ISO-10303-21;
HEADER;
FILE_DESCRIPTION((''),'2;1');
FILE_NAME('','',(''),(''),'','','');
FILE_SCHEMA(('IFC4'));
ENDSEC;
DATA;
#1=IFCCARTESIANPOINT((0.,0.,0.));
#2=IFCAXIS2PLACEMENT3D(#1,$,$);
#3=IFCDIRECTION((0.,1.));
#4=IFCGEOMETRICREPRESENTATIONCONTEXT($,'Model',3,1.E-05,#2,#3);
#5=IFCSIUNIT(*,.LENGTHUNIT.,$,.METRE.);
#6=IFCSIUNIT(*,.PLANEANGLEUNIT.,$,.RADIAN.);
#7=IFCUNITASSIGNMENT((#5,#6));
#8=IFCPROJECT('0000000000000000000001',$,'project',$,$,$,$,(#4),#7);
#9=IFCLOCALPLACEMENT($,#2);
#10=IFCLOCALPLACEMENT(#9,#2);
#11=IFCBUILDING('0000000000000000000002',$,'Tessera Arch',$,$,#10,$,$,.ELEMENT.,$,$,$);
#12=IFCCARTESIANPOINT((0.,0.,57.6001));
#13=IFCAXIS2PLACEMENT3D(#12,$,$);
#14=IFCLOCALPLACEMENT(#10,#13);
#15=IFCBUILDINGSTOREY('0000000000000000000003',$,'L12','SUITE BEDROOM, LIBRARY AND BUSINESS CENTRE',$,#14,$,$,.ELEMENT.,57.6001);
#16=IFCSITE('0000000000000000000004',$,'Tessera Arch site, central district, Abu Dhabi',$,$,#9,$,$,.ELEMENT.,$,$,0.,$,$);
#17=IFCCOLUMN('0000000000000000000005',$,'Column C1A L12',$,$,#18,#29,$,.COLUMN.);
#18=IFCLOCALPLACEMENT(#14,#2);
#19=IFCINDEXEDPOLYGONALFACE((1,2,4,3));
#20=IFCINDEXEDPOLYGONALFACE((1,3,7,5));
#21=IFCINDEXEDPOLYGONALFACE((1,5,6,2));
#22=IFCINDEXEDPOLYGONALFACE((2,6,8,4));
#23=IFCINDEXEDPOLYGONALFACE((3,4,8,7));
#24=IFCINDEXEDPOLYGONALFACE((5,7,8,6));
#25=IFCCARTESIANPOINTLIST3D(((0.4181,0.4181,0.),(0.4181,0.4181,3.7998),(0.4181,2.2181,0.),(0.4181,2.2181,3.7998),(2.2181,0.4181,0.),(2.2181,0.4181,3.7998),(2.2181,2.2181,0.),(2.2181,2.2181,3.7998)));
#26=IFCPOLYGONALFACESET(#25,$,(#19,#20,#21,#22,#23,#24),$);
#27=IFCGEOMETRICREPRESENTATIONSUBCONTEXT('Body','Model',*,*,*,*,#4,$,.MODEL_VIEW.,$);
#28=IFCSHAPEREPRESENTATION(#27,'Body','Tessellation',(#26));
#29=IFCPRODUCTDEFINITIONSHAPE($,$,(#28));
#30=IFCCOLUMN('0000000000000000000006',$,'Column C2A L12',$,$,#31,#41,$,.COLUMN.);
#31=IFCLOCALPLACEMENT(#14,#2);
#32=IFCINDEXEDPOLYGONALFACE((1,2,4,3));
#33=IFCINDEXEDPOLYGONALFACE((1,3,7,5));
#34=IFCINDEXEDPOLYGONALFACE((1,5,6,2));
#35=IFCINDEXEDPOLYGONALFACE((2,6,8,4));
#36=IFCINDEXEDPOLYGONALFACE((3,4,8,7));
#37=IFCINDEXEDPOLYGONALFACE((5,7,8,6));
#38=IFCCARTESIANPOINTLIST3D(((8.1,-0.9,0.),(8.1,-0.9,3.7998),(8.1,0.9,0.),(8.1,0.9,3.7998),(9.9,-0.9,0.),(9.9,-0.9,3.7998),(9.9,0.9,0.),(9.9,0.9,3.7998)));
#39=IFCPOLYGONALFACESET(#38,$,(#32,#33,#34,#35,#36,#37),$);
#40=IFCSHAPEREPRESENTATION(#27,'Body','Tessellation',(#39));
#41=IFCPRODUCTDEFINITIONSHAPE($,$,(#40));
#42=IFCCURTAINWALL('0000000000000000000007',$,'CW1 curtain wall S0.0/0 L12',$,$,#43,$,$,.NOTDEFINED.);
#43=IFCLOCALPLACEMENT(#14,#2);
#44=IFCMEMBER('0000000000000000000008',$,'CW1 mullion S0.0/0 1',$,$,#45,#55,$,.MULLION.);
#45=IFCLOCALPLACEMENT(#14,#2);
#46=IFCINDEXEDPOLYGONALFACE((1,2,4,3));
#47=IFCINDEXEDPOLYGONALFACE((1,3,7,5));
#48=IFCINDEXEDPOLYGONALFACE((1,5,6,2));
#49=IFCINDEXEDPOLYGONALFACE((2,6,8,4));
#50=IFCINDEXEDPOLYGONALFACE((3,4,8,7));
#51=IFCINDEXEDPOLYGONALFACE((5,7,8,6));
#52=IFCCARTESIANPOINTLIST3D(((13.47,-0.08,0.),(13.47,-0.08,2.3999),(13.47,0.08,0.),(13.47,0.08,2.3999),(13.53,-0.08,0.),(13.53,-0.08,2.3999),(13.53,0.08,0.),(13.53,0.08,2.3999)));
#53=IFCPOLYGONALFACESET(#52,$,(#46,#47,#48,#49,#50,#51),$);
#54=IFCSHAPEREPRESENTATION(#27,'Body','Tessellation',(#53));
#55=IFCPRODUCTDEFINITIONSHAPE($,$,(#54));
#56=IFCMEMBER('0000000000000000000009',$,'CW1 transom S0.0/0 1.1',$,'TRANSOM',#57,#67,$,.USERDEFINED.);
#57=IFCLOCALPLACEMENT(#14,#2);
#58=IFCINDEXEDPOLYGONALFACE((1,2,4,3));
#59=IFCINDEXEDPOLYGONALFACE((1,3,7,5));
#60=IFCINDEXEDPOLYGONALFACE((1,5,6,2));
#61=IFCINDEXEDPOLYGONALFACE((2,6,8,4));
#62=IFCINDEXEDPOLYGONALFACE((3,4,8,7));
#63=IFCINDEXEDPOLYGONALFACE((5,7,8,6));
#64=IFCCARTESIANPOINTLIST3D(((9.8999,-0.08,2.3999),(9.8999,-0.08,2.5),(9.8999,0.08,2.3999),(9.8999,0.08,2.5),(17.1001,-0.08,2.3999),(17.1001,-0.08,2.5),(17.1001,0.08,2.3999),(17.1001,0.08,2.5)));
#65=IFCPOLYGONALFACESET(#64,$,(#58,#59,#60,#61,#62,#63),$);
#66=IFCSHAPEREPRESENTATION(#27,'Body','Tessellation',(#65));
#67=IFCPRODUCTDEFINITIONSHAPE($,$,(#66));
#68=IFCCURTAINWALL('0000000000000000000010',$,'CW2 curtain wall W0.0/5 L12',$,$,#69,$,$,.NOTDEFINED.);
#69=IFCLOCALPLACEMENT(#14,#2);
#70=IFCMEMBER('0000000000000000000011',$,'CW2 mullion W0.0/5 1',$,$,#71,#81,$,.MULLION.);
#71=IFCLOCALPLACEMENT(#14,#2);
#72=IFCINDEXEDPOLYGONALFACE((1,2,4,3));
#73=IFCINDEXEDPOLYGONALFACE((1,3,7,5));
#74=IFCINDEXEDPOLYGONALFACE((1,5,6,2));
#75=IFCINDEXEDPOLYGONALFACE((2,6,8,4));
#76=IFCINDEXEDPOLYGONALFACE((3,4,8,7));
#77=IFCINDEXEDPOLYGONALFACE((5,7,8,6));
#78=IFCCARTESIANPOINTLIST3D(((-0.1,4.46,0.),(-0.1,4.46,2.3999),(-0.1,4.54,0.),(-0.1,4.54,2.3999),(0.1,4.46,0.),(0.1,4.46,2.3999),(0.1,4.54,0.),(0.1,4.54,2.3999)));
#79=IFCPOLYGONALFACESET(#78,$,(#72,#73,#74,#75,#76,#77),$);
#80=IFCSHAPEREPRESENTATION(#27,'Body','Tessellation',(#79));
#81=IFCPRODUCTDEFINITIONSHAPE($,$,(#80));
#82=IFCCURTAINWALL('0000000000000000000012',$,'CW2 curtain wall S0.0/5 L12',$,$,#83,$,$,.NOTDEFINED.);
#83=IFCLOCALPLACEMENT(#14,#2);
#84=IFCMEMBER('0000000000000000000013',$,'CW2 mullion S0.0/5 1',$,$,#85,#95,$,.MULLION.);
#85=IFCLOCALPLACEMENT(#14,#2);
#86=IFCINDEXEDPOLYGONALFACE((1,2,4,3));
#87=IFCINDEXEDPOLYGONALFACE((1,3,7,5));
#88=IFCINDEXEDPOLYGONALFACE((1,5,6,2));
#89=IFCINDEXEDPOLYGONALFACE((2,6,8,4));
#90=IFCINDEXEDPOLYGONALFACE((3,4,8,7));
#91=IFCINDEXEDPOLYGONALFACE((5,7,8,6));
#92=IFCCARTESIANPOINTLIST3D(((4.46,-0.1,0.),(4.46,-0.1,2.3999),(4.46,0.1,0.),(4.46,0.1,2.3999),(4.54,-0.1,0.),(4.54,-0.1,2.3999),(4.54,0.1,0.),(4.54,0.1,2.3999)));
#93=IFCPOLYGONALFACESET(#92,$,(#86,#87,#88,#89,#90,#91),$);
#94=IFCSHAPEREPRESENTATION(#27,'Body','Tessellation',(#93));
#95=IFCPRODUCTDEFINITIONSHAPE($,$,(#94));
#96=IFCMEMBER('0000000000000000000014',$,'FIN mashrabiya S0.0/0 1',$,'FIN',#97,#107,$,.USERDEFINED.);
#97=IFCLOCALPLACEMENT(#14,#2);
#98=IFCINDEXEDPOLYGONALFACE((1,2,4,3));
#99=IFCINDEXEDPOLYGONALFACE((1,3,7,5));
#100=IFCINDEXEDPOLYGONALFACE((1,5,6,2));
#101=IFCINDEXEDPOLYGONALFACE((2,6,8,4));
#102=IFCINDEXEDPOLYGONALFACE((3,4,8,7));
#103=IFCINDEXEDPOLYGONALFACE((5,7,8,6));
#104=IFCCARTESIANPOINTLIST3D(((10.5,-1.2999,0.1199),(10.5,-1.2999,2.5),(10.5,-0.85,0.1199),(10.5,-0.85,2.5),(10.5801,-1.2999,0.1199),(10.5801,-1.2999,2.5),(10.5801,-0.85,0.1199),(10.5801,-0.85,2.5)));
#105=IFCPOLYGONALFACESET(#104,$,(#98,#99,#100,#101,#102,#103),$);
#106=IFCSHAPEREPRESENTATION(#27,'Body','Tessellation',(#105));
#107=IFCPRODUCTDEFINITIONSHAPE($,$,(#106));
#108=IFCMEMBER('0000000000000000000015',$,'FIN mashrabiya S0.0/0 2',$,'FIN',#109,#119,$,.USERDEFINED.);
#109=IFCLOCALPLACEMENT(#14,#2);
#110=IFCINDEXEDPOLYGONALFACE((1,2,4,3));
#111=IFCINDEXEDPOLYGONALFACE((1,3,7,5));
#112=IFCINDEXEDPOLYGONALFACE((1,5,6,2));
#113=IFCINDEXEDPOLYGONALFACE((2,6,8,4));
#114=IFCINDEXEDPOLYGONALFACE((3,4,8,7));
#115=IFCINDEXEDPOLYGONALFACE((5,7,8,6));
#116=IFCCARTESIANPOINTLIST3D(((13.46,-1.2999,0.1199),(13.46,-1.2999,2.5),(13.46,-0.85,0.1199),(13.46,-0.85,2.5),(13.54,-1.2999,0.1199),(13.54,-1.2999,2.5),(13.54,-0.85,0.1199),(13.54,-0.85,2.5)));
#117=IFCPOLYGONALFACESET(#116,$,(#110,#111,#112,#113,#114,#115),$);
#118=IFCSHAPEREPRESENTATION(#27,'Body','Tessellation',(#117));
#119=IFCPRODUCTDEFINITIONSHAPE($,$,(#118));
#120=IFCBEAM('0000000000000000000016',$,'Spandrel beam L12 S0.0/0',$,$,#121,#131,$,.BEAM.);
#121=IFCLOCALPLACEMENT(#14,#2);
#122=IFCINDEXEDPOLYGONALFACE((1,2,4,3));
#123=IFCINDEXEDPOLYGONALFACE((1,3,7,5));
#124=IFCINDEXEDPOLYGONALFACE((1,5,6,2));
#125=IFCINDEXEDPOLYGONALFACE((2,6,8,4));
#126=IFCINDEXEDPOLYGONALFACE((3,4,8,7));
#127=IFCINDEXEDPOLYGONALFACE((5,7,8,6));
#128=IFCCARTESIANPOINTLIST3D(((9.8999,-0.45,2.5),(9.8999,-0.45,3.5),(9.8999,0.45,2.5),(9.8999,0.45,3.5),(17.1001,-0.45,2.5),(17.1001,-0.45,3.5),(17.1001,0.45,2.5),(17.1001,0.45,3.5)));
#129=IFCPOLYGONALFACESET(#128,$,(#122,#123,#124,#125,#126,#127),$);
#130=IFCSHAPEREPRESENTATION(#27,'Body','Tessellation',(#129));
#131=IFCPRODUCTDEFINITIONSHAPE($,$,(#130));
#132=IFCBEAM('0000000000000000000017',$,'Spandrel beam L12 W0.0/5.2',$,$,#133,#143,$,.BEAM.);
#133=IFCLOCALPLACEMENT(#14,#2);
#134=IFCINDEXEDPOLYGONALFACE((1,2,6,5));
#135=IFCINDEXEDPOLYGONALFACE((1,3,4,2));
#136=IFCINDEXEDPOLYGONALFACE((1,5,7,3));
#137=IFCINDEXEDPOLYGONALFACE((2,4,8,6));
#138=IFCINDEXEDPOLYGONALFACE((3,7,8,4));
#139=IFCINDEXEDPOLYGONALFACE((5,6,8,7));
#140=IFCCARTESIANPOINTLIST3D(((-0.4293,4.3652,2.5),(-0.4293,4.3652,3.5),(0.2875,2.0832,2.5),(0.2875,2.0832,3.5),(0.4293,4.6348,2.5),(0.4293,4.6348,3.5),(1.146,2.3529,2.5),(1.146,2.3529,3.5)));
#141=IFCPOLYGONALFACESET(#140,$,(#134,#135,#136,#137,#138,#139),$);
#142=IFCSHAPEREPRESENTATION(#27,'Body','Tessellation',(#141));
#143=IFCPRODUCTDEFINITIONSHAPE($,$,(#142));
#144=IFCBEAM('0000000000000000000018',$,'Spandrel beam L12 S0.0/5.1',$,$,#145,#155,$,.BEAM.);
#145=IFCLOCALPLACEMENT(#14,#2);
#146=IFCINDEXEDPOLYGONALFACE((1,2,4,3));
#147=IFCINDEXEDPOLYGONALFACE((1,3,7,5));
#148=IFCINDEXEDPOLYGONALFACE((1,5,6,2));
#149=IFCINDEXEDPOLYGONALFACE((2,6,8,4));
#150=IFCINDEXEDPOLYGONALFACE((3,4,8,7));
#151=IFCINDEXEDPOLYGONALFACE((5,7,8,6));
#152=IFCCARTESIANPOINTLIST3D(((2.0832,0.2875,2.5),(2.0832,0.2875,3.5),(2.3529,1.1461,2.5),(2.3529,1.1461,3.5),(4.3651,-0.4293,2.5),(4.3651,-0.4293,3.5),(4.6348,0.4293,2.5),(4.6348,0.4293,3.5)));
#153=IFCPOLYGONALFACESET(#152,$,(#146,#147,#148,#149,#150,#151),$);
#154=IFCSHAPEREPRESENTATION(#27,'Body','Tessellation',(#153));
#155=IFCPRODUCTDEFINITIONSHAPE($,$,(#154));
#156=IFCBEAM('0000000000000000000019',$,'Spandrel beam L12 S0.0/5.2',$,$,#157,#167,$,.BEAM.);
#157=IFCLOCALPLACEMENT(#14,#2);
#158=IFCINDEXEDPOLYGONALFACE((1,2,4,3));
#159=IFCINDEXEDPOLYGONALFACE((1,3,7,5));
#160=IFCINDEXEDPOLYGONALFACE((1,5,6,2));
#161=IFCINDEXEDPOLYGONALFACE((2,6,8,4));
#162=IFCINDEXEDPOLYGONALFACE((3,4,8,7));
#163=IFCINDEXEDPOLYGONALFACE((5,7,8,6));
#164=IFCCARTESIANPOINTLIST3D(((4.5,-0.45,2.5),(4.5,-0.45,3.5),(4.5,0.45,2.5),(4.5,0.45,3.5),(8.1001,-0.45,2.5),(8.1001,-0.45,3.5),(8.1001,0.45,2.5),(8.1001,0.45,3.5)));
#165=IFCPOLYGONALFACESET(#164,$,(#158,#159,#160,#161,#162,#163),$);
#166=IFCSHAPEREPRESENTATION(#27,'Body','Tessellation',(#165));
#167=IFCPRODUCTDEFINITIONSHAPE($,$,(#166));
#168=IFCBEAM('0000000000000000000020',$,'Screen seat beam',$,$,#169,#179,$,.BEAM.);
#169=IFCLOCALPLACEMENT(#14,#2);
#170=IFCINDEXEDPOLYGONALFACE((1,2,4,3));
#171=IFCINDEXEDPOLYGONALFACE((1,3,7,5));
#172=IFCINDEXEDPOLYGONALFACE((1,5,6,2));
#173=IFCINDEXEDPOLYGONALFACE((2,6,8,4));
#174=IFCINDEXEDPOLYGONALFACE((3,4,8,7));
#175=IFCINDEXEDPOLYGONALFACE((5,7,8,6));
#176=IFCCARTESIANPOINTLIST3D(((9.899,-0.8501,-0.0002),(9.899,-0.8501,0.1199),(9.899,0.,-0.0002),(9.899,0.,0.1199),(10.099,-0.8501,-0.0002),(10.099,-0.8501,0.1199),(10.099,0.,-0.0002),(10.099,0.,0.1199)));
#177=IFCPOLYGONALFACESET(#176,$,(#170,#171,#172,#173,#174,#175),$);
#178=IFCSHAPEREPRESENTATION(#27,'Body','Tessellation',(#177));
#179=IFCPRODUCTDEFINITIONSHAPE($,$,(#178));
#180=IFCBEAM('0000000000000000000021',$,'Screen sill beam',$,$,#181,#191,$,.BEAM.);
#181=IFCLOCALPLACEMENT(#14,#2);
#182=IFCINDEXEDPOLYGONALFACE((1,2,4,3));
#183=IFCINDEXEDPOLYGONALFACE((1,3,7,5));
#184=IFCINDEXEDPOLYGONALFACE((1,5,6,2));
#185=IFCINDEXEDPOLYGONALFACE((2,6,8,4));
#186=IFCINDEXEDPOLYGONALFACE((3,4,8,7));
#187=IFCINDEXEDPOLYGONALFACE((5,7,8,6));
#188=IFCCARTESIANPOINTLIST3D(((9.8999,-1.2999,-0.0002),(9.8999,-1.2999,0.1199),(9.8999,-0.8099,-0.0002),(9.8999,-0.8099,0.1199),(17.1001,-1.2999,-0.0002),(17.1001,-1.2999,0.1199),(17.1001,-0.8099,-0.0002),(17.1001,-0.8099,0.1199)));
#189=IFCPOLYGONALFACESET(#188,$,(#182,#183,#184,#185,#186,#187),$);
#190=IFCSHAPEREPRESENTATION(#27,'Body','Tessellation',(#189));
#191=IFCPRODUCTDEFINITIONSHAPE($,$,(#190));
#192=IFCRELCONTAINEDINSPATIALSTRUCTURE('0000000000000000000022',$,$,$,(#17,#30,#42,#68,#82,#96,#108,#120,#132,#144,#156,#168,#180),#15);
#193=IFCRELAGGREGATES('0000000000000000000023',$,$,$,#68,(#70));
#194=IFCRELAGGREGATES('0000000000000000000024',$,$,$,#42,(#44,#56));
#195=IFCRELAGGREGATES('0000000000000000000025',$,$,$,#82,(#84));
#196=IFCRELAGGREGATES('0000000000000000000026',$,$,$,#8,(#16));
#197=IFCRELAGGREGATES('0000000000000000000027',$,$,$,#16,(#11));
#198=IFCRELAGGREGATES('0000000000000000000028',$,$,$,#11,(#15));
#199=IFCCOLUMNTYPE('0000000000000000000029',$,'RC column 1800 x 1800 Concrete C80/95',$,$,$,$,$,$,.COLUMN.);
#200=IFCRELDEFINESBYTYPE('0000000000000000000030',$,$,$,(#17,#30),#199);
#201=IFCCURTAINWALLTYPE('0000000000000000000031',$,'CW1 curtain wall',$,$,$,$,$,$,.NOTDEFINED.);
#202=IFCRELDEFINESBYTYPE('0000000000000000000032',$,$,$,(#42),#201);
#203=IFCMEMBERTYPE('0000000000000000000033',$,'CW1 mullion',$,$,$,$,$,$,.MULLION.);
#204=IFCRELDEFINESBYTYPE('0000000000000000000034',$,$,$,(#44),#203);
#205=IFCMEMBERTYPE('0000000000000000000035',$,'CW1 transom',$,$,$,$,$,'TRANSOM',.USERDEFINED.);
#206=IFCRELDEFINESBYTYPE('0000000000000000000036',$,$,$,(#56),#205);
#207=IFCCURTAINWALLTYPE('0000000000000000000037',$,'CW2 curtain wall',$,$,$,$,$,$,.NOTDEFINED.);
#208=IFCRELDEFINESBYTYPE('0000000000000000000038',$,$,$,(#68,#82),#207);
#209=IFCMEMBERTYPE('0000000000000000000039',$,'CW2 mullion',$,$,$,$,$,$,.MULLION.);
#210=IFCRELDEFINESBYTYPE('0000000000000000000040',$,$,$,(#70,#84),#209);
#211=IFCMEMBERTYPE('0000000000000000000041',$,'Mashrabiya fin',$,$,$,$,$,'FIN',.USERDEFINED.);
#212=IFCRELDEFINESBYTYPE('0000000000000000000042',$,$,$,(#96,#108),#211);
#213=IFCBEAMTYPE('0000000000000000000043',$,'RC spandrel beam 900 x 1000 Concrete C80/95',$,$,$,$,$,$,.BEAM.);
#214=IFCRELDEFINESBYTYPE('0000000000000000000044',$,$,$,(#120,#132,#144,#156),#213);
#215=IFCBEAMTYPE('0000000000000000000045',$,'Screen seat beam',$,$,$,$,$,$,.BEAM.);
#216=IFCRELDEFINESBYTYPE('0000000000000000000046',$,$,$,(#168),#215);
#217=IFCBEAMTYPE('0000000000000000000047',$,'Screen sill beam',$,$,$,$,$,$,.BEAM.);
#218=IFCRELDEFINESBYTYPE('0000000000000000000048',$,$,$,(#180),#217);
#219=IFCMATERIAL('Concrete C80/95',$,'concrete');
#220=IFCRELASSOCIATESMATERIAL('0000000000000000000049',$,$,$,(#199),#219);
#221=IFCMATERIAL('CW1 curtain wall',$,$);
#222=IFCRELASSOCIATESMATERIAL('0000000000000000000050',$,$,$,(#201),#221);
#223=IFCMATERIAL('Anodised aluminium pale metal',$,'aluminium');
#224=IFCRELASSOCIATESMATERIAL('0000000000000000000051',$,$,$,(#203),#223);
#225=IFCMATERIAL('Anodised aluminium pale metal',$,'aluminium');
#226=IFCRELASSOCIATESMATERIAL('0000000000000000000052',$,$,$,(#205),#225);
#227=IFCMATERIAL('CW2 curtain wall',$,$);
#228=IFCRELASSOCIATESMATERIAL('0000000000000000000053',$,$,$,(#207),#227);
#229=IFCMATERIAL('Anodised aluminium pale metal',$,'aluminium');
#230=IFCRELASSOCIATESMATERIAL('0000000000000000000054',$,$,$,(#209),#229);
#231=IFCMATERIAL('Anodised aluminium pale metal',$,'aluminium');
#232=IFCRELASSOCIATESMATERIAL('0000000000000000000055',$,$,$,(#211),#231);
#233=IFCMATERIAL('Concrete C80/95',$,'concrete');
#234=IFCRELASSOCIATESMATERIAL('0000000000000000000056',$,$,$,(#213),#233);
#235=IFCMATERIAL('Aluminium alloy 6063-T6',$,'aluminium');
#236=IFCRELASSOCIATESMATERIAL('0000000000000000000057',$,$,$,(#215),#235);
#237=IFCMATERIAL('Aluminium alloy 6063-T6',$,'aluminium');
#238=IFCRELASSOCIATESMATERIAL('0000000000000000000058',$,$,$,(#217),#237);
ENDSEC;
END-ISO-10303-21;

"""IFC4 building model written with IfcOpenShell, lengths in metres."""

from ifc_helpers import new_model, si_unit, direction, frame, origin, origin_2d, place, context, subcontext, project, spatial, rectangle, extrude, material, material_profile, profile_set, type_object, element, aggregate, save


model = new_model("IFC4")

# Units and contexts
model_context = context("Model", 3, precision=1e-05, world=origin(), true_north=direction((0.0, 1.0)))
body_context = subcontext(model_context, "Body", "Model", "MODEL_VIEW")
ifc_project = project(units=[si_unit("LENGTHUNIT", "METRE"), si_unit("PLANEANGLEUNIT", "RADIAN")], contexts=[model_context])

# Site, building, storey
site_placement = place(None, origin())
site = spatial("IfcSite", under=ifc_project, at=site_placement, Name="Tessera Arch site, central district, Abu Dhabi", CompositionType="ELEMENT", RefElevation=0.0)
building_placement = place(site_placement, origin())
building = spatial("IfcBuilding", under=site, at=building_placement, Name="Tessera Arch", CompositionType="ELEMENT")
storey_placement = place(building_placement, frame((0.0, 0.0, 57.6001)))
storey = spatial("IfcBuildingStorey", under=building, at=storey_placement, Name="L12", Description="SUITE BEDROOM, LIBRARY AND BUSINESS CENTRE", CompositionType="ELEMENT", Elevation=57.6001)

# Columns
ifc_material_1 = material(Name="Concrete C80/95", Category="concrete")
ifc_material_profile_1 = material_profile(ifc_material_1, rectangle(XDim=1.8, YDim=1.8, at=origin_2d()), Name="RC column 1800 x 1800 Concrete C80/95")
ifc_profile_set_1 = profile_set([ifc_material_profile_1], Name="Concrete C80/95")
column_type = type_object("IfcColumnType", Name="RC column 1800 x 1800 Concrete C80/95", PredefinedType="COLUMN", material=ifc_profile_set_1)
for number, where, z_axis, x_axis, name in (
    (1, (1.3181, 1.3181, 0.0), (0.0, 0.0, 1.0), (1.0, 0.0, 0.0), "Column C1A L12"),
    (2, (9.0, 0.0, 0.0), (0.0, 0.0, 1.0), (1.0, 0.0, 0.0), "Column C2A L12"),
):
    element("IfcColumn", number, at=place(storey_placement, frame(where, z_axis=z_axis, x_axis=x_axis)), inside=storey, type_object=column_type, Name=name, PredefinedType="COLUMN", context=body_context, shape_type="SweptSolid", body=[
        extrude(rectangle(XDim=1.8, YDim=1.8, at=origin_2d()), origin(), (0.0, 0.0, 1.0), 3.7998),
    ])

# Curtain wall, members
ifc_material_2 = material(Name="CW1 curtain wall")
curtain_wall_type_1 = type_object("IfcCurtainWallType", Name="CW1 curtain wall", PredefinedType="NOTDEFINED", material=ifc_material_2)
curtain_wall_1_placement = place(storey_placement, origin())
curtain_wall_1 = element("IfcCurtainWall", 3, at=curtain_wall_1_placement, inside=storey, type_object=curtain_wall_type_1, Name="CW1 curtain wall S0.0/0 L12", PredefinedType="NOTDEFINED")
ifc_material_3 = material(Name="Anodised aluminium pale metal", Category="aluminium")
ifc_material_profile_2 = material_profile(ifc_material_3, rectangle(XDim=0.1599, YDim=0.0601, at=origin_2d()), Name="AL 60x160")
ifc_profile_set_2 = profile_set([ifc_material_profile_2], Name="Anodised aluminium pale metal")
member_type_1 = type_object("IfcMemberType", Name="CW1 mullion", PredefinedType="MULLION", material=ifc_profile_set_2)
member_1_placement = place(storey_placement, frame((13.5, 0.0, 0.0), z_axis=(0.0, 0.0, 1.0), x_axis=(0.0, 1.0, 0.0)))
member_1 = element("IfcMember", 4, at=member_1_placement, type_object=member_type_1, Name="CW1 mullion S0.0/0 1", PredefinedType="MULLION", context=body_context, shape_type="SweptSolid", body=[
    extrude(rectangle(XDim=0.1599, YDim=0.0601, at=origin_2d()), origin(), (0.0, 0.0, 1.0), 2.3999),
])
ifc_material_4 = material(Name="Anodised aluminium pale metal", Category="aluminium")
ifc_material_profile_3 = material_profile(ifc_material_4, rectangle(XDim=0.1599, YDim=0.1001, at=origin_2d()), Name="AL 160x100")
ifc_profile_set_3 = profile_set([ifc_material_profile_3], Name="Anodised aluminium pale metal")
member_type_2 = type_object("IfcMemberType", Name="CW1 transom", ElementType="TRANSOM", PredefinedType="USERDEFINED", material=ifc_profile_set_3)
member_2_placement = place(storey_placement, frame((9.8999, 0.0, 2.45), z_axis=(1.0, 0.0, 0.0), x_axis=(0.0, 1.0, 0.0)))
member_2 = element("IfcMember", 5, at=member_2_placement, type_object=member_type_2, Name="CW1 transom S0.0/0 1.1", ObjectType="TRANSOM", PredefinedType="USERDEFINED", context=body_context, shape_type="SweptSolid", body=[
    extrude(rectangle(XDim=0.1599, YDim=0.1001, at=origin_2d()), origin(), (0.0, 0.0, 1.0), 7.2002),
])

# Curtain walls, members
ifc_material_5 = material(Name="CW2 curtain wall")
curtain_wall_type_2 = type_object("IfcCurtainWallType", Name="CW2 curtain wall", PredefinedType="NOTDEFINED", material=ifc_material_5)
curtain_wall_2_placement = place(storey_placement, origin())
curtain_wall_2 = element("IfcCurtainWall", 6, at=curtain_wall_2_placement, inside=storey, type_object=curtain_wall_type_2, Name="CW2 curtain wall W0.0/5 L12", PredefinedType="NOTDEFINED")
ifc_material_6 = material(Name="Anodised aluminium pale metal", Category="aluminium")
ifc_material_profile_4 = material_profile(ifc_material_6, rectangle(XDim=0.2, YDim=0.0801, at=origin_2d()), Name="AL 80x200")
ifc_profile_set_4 = profile_set([ifc_material_profile_4], Name="Anodised aluminium pale metal")
member_type_3 = type_object("IfcMemberType", Name="CW2 mullion", PredefinedType="MULLION", material=ifc_profile_set_4)
member_3_placement = place(storey_placement, frame((0.0, 4.5, 0.0), z_axis=(0.0, 0.0, 1.0), x_axis=(1.0, 0.0, 0.0)))
member_3 = element("IfcMember", 7, at=member_3_placement, type_object=member_type_3, Name="CW2 mullion W0.0/5 1", PredefinedType="MULLION", context=body_context, shape_type="SweptSolid", body=[
    extrude(rectangle(XDim=0.2, YDim=0.0801, at=origin_2d()), origin(), (0.0, 0.0, 1.0), 2.3999),
])
aggregate(curtain_wall_2, [member_3])
curtain_wall_3_placement = place(storey_placement, origin())
curtain_wall_3 = element("IfcCurtainWall", 8, at=curtain_wall_3_placement, inside=storey, type_object=curtain_wall_type_2, Name="CW2 curtain wall S0.0/5 L12", PredefinedType="NOTDEFINED")
member_4_placement = place(storey_placement, frame((4.5, 0.0, 0.0), z_axis=(0.0, 0.0, 1.0), x_axis=(0.0, 1.0, 0.0)))
member_4 = element("IfcMember", 9, at=member_4_placement, type_object=member_type_3, Name="CW2 mullion S0.0/5 1", PredefinedType="MULLION", context=body_context, shape_type="SweptSolid", body=[
    extrude(rectangle(XDim=0.2, YDim=0.0801, at=origin_2d()), origin(), (0.0, 0.0, 1.0), 2.3999),
])

# Members
ifc_material_7 = material(Name="Anodised aluminium pale metal", Category="aluminium")
ifc_material_profile_5 = material_profile(ifc_material_7, rectangle(XDim=0.45, YDim=0.0801, at=origin_2d()), Name="AL 80x450")
ifc_profile_set_5 = profile_set([ifc_material_profile_5], Name="Anodised aluminium pale metal")
member_type_4 = type_object("IfcMemberType", Name="Mashrabiya fin", ElementType="FIN", PredefinedType="USERDEFINED", material=ifc_profile_set_5)
for number, where, z_axis, x_axis, name in (
    (10, (10.54, -1.075, 0.1199), (0.0, 0.0, 1.0), (0.0, -1.0, 0.0), "FIN mashrabiya S0.0/0 1"),
    (11, (13.5, -1.075, 0.1199), (0.0, 0.0, 1.0), (0.0, -1.0, 0.0), "FIN mashrabiya S0.0/0 2"),
):
    element("IfcMember", number, at=place(storey_placement, frame(where, z_axis=z_axis, x_axis=x_axis)), inside=storey, type_object=member_type_4, Name=name, ObjectType="FIN", PredefinedType="USERDEFINED", context=body_context, shape_type="SweptSolid", body=[
        extrude(rectangle(XDim=0.45, YDim=0.0801, at=origin_2d()), origin(), (0.0, 0.0, 1.0), 2.3801),
    ])

# Beams
ifc_material_8 = material(Name="Concrete C80/95", Category="concrete")
ifc_material_profile_6 = material_profile(ifc_material_8, rectangle(XDim=0.8999, YDim=1.0, at=origin_2d()), Name="RC spandrel beam 900 x 1000 Concrete C80/95")
ifc_profile_set_6 = profile_set([ifc_material_profile_6], Name="Concrete C80/95")
beam_type_1 = type_object("IfcBeamType", Name="RC spandrel beam 900 x 1000 Concrete C80/95", PredefinedType="BEAM", material=ifc_profile_set_6)
beam_1_placement = place(storey_placement, frame((9.8999, 0.0, 3.0), z_axis=(1.0, 0.0, 0.0), x_axis=(0.0, 1.0, 0.0)))
element("IfcBeam", 12, at=beam_1_placement, inside=storey, type_object=beam_type_1, Name="Spandrel beam L12 S0.0/0", PredefinedType="BEAM", context=body_context, shape_type="SweptSolid", body=[
    extrude(rectangle(XDim=0.8999, YDim=1.0, at=origin_2d()), origin(), (0.0, 0.0, 1.0), 7.2002),
])
for number, where, z_axis, x_axis, name in (
    (13, (0.0, 4.5, 3.0), (0.299675, -0.954041, 0.0), (0.954041, 0.299675, 0.0), "Spandrel beam L12 W0.0/5.2"),
    (14, (2.218, 0.7168, 3.0), (0.954041, -0.299675, 0.0), (0.299675, 0.954041, 0.0), "Spandrel beam L12 S0.0/5.1"),
):
    element("IfcBeam", number, at=place(storey_placement, frame(where, z_axis=z_axis, x_axis=x_axis)), inside=storey, type_object=beam_type_1, Name=name, PredefinedType="BEAM", context=body_context, shape_type="SweptSolid", body=[
        extrude(rectangle(XDim=0.8999, YDim=1.0, at=origin_2d()), origin(), (0.0, 0.0, 1.0), 2.3918),
    ])
beam_2_placement = place(storey_placement, frame((4.5, 0.0, 3.0), z_axis=(1.0, 0.0, 0.0), x_axis=(0.0, 1.0, 0.0)))
element("IfcBeam", 15, at=beam_2_placement, inside=storey, type_object=beam_type_1, Name="Spandrel beam L12 S0.0/5.2", PredefinedType="BEAM", context=body_context, shape_type="SweptSolid", body=[
    extrude(rectangle(XDim=0.8999, YDim=1.0, at=origin_2d()), origin(), (0.0, 0.0, 1.0), 3.6001),
])
ifc_material_9 = material(Name="Aluminium alloy 6063-T6", Category="aluminium")
ifc_material_profile_7 = material_profile(ifc_material_9, rectangle(XDim=0.2, YDim=0.1201, at=origin_2d()), Name="AL 200x120")
ifc_profile_set_7 = profile_set([ifc_material_profile_7], Name="Aluminium alloy 6063-T6")
beam_type_2 = type_object("IfcBeamType", Name="Screen seat beam", PredefinedType="BEAM", material=ifc_profile_set_7)
beam_3_placement = place(storey_placement, frame((9.999, 0.0, 0.0598), z_axis=(0.0, -1.0, 0.0), x_axis=(1.0, 0.0, 0.0)))
element("IfcBeam", 16, at=beam_3_placement, inside=storey, type_object=beam_type_2, Name="Screen seat beam", PredefinedType="BEAM", context=body_context, shape_type="SweptSolid", body=[
    extrude(rectangle(XDim=0.2, YDim=0.1201, at=origin_2d()), origin(), (0.0, 0.0, 1.0), 0.8501),
])
ifc_material_10 = material(Name="Aluminium alloy 6063-T6", Category="aluminium")
ifc_material_profile_8 = material_profile(ifc_material_10, rectangle(XDim=0.49, YDim=0.1201, at=origin_2d()), Name="AL 490x120")
ifc_profile_set_8 = profile_set([ifc_material_profile_8], Name="Aluminium alloy 6063-T6")
beam_type_3 = type_object("IfcBeamType", Name="Screen sill beam", PredefinedType="BEAM", material=ifc_profile_set_8)
beam_4_placement = place(storey_placement, frame((9.8999, -1.0549, 0.0598), z_axis=(1.0, 0.0, 0.0), x_axis=(0.0, 1.0, 0.0)))
element("IfcBeam", 17, at=beam_4_placement, inside=storey, type_object=beam_type_3, Name="Screen sill beam", PredefinedType="BEAM", context=body_context, shape_type="SweptSolid", body=[
    extrude(rectangle(XDim=0.49, YDim=0.1201, at=origin_2d()), origin(), (0.0, 0.0, 1.0), 7.2002),
])

aggregate(curtain_wall_1, [member_1, member_2])
aggregate(curtain_wall_3, [member_4])

save(model, "model.ifc")
